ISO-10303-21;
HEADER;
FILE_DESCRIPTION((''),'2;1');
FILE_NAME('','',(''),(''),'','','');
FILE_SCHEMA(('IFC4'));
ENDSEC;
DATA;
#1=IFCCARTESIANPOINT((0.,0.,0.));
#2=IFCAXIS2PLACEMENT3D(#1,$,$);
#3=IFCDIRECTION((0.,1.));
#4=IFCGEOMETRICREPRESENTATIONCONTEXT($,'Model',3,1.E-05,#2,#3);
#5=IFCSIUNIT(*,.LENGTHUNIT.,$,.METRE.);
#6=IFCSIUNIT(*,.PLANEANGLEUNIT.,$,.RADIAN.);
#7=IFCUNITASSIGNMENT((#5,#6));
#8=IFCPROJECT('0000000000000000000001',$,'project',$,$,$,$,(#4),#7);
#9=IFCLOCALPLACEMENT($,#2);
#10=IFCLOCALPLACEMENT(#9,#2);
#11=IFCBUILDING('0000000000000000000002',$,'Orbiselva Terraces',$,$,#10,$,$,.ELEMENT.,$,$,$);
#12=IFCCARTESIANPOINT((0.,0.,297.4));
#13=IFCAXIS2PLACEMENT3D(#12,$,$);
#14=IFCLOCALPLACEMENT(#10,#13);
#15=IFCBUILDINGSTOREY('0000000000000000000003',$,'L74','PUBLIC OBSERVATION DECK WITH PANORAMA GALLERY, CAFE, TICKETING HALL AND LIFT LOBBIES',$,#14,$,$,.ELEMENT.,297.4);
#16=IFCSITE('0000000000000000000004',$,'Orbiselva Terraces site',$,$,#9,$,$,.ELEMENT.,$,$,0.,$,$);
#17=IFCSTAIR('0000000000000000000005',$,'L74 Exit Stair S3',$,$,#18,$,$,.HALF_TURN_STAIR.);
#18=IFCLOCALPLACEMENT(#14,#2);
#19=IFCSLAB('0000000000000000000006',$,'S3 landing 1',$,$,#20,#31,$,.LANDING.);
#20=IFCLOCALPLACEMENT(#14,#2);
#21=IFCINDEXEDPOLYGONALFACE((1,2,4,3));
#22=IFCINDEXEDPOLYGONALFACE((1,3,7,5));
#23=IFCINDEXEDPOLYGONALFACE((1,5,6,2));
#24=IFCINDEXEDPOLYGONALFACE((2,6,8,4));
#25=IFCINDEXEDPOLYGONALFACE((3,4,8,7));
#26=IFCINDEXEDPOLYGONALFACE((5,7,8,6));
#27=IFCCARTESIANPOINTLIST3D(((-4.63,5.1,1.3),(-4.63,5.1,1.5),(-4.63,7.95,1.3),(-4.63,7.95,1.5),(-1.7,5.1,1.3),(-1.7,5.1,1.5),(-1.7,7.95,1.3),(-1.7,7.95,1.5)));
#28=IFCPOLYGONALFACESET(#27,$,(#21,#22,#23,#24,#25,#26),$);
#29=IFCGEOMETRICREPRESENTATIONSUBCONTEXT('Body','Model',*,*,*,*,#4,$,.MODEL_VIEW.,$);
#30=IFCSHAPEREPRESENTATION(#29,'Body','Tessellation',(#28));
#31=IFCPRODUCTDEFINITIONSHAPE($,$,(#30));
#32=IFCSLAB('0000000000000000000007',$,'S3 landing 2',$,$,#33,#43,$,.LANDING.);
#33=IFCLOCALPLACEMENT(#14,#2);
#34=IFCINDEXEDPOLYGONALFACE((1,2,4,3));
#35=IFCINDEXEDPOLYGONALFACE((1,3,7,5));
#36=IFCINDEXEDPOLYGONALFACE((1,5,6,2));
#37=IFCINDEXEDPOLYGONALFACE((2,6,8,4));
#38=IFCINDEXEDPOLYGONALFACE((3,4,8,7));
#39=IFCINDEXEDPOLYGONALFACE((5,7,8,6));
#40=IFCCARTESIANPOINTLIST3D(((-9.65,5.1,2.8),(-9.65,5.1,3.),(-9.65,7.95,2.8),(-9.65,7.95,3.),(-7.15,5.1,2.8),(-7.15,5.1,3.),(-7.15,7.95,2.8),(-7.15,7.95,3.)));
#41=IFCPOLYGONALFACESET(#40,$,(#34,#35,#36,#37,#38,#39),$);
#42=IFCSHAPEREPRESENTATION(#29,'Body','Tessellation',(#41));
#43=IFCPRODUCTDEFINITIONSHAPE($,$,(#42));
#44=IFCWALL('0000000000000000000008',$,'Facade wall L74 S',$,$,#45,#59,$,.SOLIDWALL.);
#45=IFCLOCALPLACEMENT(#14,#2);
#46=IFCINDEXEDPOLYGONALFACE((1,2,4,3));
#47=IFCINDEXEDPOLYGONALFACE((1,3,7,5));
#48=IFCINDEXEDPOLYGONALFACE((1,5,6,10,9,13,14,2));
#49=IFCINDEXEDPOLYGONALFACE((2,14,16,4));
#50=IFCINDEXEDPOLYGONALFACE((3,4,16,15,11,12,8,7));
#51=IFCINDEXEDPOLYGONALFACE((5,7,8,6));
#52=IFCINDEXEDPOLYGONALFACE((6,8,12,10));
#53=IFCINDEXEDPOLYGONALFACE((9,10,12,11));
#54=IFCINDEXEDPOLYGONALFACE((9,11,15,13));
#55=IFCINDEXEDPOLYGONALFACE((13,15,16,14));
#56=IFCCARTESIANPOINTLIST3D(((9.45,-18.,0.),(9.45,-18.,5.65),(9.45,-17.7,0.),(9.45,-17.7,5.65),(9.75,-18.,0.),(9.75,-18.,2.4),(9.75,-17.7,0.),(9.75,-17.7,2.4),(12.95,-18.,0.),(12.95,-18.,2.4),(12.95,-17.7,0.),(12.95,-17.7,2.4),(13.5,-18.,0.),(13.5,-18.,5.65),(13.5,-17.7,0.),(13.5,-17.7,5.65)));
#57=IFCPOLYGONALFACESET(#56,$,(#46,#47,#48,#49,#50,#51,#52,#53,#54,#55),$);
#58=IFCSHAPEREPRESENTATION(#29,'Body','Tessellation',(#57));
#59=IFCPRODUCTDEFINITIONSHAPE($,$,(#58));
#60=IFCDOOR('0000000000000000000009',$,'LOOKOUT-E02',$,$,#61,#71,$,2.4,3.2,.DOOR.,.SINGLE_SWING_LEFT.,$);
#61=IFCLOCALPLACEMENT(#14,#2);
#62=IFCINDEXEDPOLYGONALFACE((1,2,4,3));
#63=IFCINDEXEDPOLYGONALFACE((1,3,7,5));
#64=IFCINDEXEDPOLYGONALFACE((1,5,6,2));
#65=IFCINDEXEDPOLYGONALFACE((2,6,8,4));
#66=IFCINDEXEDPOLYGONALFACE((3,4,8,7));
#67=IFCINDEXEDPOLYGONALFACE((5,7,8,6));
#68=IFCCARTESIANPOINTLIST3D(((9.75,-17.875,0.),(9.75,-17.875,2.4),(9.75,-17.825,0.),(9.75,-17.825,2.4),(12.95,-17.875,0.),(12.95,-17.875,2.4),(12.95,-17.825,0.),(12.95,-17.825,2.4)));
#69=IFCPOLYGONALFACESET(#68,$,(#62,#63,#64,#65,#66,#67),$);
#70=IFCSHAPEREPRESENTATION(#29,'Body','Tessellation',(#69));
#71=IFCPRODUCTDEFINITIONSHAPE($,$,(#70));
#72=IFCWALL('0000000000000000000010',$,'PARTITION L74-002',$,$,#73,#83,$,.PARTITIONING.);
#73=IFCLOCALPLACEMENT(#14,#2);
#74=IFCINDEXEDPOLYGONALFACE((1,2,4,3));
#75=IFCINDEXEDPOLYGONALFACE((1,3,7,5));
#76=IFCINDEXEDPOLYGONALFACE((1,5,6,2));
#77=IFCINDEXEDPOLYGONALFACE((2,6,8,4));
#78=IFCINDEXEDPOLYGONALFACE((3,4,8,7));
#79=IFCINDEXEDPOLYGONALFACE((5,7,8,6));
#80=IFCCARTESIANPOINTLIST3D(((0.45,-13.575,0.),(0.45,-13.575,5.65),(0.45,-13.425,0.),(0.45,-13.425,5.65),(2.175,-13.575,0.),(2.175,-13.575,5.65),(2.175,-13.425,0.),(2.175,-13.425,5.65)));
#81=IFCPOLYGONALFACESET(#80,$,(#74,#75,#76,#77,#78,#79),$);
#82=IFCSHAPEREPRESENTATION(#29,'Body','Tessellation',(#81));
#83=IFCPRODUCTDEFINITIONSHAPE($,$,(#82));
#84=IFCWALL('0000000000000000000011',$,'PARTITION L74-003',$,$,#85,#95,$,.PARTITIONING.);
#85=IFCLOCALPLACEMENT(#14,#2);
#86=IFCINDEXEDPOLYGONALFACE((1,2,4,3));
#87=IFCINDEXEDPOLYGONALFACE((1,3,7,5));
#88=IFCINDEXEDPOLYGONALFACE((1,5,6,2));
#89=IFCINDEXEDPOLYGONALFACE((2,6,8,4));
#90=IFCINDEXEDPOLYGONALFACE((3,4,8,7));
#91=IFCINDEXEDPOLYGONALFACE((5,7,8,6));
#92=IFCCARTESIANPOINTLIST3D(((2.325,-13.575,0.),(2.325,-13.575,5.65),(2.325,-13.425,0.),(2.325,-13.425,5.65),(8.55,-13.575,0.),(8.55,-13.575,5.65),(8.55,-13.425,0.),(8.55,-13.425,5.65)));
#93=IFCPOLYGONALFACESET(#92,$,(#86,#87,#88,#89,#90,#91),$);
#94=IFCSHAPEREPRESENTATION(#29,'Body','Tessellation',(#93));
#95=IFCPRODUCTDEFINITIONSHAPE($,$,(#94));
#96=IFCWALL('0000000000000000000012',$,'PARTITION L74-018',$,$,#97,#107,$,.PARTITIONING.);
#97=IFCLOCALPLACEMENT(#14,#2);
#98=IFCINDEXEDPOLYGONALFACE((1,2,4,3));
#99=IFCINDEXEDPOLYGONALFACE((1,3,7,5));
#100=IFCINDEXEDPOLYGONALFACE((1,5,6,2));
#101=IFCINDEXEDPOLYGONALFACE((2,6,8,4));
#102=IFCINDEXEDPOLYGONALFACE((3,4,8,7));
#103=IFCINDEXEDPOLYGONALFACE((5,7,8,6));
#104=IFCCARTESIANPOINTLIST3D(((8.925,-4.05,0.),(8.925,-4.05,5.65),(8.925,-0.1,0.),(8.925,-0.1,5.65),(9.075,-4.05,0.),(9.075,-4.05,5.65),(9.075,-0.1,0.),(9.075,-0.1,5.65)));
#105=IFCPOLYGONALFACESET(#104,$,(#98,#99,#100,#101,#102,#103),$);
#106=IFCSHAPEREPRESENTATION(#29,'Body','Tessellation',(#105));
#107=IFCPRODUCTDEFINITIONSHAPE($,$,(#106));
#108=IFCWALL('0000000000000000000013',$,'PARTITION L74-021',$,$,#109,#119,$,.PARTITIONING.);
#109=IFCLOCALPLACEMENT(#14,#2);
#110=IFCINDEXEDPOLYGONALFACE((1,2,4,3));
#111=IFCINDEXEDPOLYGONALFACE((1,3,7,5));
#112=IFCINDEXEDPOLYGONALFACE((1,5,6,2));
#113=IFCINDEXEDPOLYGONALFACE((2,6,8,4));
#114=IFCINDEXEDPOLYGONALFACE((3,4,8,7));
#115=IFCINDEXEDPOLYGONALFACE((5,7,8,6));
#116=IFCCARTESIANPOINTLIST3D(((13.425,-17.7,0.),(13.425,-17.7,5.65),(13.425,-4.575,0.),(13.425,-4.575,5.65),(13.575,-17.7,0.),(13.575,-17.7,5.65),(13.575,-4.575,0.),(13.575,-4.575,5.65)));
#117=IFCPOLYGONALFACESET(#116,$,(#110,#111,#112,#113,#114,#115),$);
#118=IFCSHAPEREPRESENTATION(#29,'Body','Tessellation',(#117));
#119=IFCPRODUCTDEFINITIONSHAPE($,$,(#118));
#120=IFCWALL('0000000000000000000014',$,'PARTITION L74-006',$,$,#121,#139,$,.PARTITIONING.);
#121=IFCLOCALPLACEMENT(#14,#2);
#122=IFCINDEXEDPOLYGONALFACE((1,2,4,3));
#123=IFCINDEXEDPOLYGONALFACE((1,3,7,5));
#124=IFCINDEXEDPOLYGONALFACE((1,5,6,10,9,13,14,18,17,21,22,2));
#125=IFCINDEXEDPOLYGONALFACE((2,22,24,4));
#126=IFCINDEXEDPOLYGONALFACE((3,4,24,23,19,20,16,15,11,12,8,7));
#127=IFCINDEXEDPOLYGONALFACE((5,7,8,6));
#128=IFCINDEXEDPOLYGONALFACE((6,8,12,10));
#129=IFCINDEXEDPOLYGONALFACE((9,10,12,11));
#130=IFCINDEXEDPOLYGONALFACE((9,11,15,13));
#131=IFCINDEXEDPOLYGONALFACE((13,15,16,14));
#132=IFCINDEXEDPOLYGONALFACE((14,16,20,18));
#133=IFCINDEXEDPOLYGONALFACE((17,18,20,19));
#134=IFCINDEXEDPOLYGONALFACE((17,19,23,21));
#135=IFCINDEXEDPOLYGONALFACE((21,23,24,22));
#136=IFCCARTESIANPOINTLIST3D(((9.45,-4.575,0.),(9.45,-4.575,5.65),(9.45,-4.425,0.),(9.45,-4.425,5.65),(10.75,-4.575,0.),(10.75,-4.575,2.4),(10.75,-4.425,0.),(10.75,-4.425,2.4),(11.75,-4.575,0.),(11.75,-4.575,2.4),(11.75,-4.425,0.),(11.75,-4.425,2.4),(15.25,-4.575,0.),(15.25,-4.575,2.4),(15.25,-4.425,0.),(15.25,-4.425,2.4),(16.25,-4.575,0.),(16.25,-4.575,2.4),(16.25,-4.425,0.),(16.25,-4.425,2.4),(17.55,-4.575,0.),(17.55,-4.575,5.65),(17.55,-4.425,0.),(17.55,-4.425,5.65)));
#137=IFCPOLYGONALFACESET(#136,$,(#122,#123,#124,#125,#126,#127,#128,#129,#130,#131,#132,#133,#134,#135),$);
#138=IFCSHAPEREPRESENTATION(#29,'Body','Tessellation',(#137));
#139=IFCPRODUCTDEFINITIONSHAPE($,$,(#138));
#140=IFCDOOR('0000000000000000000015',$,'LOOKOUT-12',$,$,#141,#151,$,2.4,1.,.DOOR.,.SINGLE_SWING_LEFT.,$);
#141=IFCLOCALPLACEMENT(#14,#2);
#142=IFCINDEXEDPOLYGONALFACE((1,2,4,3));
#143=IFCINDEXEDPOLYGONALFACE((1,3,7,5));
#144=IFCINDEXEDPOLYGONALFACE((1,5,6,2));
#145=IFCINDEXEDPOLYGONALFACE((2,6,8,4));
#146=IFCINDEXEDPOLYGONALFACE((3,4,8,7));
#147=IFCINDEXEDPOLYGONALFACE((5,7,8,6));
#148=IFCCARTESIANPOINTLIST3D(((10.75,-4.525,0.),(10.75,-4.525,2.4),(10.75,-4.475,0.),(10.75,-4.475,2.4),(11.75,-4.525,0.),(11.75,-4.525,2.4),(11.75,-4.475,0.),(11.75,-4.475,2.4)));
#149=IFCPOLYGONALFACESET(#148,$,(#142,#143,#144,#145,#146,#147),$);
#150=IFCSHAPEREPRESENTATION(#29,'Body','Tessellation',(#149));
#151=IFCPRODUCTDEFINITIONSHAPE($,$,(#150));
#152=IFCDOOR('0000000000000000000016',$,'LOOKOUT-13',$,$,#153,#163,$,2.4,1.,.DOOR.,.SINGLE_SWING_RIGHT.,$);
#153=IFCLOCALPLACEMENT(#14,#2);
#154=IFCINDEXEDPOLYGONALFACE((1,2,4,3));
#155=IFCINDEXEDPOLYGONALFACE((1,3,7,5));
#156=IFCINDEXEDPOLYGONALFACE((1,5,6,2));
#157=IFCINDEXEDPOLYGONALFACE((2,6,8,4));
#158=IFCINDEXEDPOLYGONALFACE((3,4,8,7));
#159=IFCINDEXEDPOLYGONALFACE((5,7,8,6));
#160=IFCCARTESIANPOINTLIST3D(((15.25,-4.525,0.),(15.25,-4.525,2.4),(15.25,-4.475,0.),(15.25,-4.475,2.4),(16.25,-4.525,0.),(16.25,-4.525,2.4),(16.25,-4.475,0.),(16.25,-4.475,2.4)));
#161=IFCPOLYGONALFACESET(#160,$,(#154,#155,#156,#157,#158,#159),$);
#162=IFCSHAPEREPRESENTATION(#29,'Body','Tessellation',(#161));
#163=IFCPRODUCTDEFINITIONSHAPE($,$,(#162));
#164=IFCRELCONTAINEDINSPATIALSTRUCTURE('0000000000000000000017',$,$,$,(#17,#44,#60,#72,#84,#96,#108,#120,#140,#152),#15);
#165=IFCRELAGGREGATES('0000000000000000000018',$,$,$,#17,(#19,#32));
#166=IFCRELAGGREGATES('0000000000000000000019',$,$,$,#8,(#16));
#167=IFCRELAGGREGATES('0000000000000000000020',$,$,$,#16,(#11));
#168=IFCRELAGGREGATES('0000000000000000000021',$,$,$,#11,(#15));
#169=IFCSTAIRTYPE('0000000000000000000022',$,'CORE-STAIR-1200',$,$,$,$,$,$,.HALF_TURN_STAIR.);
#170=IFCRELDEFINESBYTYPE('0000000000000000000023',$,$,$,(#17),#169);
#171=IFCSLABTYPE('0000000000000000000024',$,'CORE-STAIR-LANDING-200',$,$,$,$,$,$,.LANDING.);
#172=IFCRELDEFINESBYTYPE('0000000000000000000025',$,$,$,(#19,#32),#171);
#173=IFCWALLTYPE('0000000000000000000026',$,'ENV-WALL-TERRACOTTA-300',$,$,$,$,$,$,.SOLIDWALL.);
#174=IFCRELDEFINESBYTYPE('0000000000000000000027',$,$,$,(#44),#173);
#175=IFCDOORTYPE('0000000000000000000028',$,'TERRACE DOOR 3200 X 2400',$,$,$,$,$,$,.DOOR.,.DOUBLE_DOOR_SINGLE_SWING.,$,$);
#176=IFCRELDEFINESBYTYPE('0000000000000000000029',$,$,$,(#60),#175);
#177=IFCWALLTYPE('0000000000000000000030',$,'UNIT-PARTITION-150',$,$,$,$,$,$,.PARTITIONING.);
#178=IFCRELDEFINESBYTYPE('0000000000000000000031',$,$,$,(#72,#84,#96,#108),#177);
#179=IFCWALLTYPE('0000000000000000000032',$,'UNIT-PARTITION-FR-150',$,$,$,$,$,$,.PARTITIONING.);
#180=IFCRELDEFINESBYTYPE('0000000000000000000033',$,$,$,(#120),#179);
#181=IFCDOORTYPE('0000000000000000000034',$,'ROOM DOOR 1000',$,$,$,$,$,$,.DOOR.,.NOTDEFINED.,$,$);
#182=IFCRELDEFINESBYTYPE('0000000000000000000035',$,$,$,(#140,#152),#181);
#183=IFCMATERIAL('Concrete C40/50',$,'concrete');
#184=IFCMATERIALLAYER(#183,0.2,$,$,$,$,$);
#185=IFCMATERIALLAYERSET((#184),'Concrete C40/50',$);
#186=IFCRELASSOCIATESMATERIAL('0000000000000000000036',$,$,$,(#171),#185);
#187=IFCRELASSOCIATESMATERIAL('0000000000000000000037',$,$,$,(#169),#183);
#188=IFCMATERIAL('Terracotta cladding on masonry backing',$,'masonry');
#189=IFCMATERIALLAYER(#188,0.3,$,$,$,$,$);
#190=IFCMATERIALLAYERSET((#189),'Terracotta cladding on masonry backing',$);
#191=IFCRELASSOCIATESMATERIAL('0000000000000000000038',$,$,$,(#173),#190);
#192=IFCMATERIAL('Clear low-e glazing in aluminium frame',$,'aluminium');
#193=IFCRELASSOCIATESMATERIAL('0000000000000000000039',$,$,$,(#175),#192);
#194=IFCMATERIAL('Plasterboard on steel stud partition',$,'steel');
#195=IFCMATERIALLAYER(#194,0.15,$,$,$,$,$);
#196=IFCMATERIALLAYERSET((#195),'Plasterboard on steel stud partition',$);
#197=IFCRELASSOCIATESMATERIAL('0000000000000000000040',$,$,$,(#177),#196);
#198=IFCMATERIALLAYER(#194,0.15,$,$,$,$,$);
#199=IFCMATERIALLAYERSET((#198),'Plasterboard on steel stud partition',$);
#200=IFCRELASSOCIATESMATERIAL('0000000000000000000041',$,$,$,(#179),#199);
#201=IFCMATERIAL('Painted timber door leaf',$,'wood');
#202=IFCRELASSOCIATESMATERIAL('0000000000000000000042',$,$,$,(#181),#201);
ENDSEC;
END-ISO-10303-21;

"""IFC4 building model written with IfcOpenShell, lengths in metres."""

from ifc_helpers import new_model, si_unit, direction, frame, frame_2d, origin, place, context, subcontext, project, spatial, polyline, rectangle, outline, extrude, material, layer, layer_set, type_object, element, fill, aggregate, save


model = new_model("IFC4")

# Units and contexts
model_context = context("Model", 3, precision=1e-05, world=origin(), true_north=direction((0.0, 1.0)))
body_context = subcontext(model_context, "Body", "Model", "MODEL_VIEW")
ifc_project = project(units=[si_unit("LENGTHUNIT", "METRE"), si_unit("PLANEANGLEUNIT", "RADIAN")], contexts=[model_context])

# Site, building, storey
site_placement = place(None, origin())
site = spatial("IfcSite", under=ifc_project, at=site_placement, Name="Orbiselva Terraces site", CompositionType="ELEMENT", RefElevation=0.0)
building_placement = place(site_placement, origin())
building = spatial("IfcBuilding", under=site, at=building_placement, Name="Orbiselva Terraces", CompositionType="ELEMENT")
storey_placement = place(building_placement, frame((0.0, 0.0, 297.4)))
storey = spatial("IfcBuildingStorey", under=building, at=storey_placement, Name="L74", Description="PUBLIC OBSERVATION DECK WITH PANORAMA GALLERY, CAFE, TICKETING HALL AND LIFT LOBBIES", CompositionType="ELEMENT", Elevation=297.4)

# Shared definitions
ifc_material_1 = material(Name="Concrete C40/50", Category="concrete")

# Stair, slabs
ifc_layer_1 = layer(ifc_material_1, 0.2)
ifc_layer_set_1 = layer_set([ifc_layer_1], Name="Concrete C40/50")
slab_type_1 = type_object("IfcSlabType", Name="CORE-STAIR-LANDING-200", PredefinedType="LANDING", material=ifc_layer_set_1)
stair_type_1 = type_object("IfcStairType", Name="CORE-STAIR-1200", PredefinedType="HALF_TURN_STAIR", material=ifc_material_1)
stair_1_placement = place(storey_placement, origin())
stair_1 = element("IfcStair", 1, at=stair_1_placement, inside=storey, type_object=stair_type_1, Name="L74 Exit Stair S3", PredefinedType="HALF_TURN_STAIR")
slab_1_placement = place(storey_placement, frame((0.0, 0.0, 1.3)))
slab_1 = element("IfcSlab", 2, at=slab_1_placement, type_object=slab_type_1, Name="S3 landing 1", PredefinedType="LANDING", context=body_context, shape_type="SweptSolid", body=[
    extrude(outline(polyline([(-4.63, 5.1), (-1.7, 5.1), (-1.7, 7.95), (-4.63, 7.95), (-4.63, 5.1)])), origin(), (0.0, 0.0, 1.0), 0.2),
])
slab_2_placement = place(storey_placement, frame((0.0, 0.0, 2.8)))
slab_2 = element("IfcSlab", 3, at=slab_2_placement, type_object=slab_type_1, Name="S3 landing 2", PredefinedType="LANDING", context=body_context, shape_type="SweptSolid", body=[
    extrude(outline(polyline([(-9.65, 5.1), (-7.15, 5.1), (-7.15, 7.95), (-9.65, 7.95), (-9.65, 5.1)])), origin(), (0.0, 0.0, 1.0), 0.2),
])
aggregate(stair_1, [slab_1, slab_2])

# Wall, opening, door
ifc_material_2 = material(Name="Terracotta cladding on masonry backing", Category="masonry")
ifc_layer_2 = layer(ifc_material_2, 0.3)
ifc_layer_set_2 = layer_set([ifc_layer_2], Name="Terracotta cladding on masonry backing")
wall_type_1 = type_object("IfcWallType", Name="ENV-WALL-TERRACOTTA-300", PredefinedType="SOLIDWALL", material=ifc_layer_set_2)
wall_1_placement = place(storey_placement, frame((13.5, -17.85, 0.0), z_axis=(0.0, 0.0, 1.0), x_axis=(-1.0, 0.0, 0.0)))
wall_1 = element("IfcWall", 4, at=wall_1_placement, inside=storey, type_object=wall_type_1, Name="Facade wall L74 S", PredefinedType="SOLIDWALL", context=body_context, shape_type="SweptSolid", body=[
    extrude(rectangle(XDim=4.05, YDim=0.3, at=frame_2d((2.025, 0.0))), origin(), (0.0, 0.0, 1.0), 5.65),
])
opening_1_placement = place(wall_1_placement, frame((0.55, 0.0, 0.0)))
opening_1 = element("IfcOpeningElement", 5, at=opening_1_placement, cuts=wall_1, PredefinedType="OPENING", context=body_context, shape_type="SweptSolid", body=[
    extrude(rectangle(XDim=3.2, YDim=2.4, at=frame_2d((1.6, 1.2))), frame((0.0, 0.16, 0.0), z_axis=(0.0, -1.0, 0.0), x_axis=(1.0, 0.0, 0.0)), (0.0, 0.0, 1.0), 0.32),
])
ifc_material_3 = material(Name="Clear low-e glazing in aluminium frame", Category="aluminium")
door_type_1 = type_object("IfcDoorType", Name="TERRACE DOOR 3200 X 2400", OperationType="DOUBLE_DOOR_SINGLE_SWING", PredefinedType="DOOR", material=ifc_material_3)
door_1_placement = place(opening_1_placement, origin())
door_1 = element("IfcDoor", 6, at=door_1_placement, inside=storey, type_object=door_type_1, Name="LOOKOUT-E02", OperationType="SINGLE_SWING_LEFT", OverallHeight=2.4, OverallWidth=3.2, PredefinedType="DOOR", context=body_context, shape_type="SweptSolid", body=[
    extrude(rectangle(XDim=3.2, YDim=2.4, at=frame_2d((1.6, 1.2))), frame((0.0, 0.025, 0.0), z_axis=(0.0, -1.0, 0.0), x_axis=(1.0, 0.0, 0.0)), (0.0, 0.0, 1.0), 0.05),
])
fill(opening_1, door_1)

# Walls
ifc_material_4 = material(Name="Plasterboard on steel stud partition", Category="steel")
ifc_layer_3 = layer(ifc_material_4, 0.15)
ifc_layer_set_3 = layer_set([ifc_layer_3], Name="Plasterboard on steel stud partition")
wall_type_2 = type_object("IfcWallType", Name="UNIT-PARTITION-150", PredefinedType="PARTITIONING", material=ifc_layer_set_3)
wall_2_placement = place(storey_placement, frame((0.45, -13.5, 0.0), z_axis=(0.0, 0.0, 1.0), x_axis=(1.0, 0.0, 0.0)))
element("IfcWall", 7, at=wall_2_placement, inside=storey, type_object=wall_type_2, Name="PARTITION L74-002", PredefinedType="PARTITIONING", context=body_context, shape_type="SweptSolid", body=[
    extrude(rectangle(XDim=1.725, YDim=0.15, at=frame_2d((0.8625, 0.0))), origin(), (0.0, 0.0, 1.0), 5.65),
])
wall_3_placement = place(storey_placement, frame((2.325, -13.5, 0.0), z_axis=(0.0, 0.0, 1.0), x_axis=(1.0, 0.0, 0.0)))
element("IfcWall", 8, at=wall_3_placement, inside=storey, type_object=wall_type_2, Name="PARTITION L74-003", PredefinedType="PARTITIONING", context=body_context, shape_type="SweptSolid", body=[
    extrude(rectangle(XDim=6.225, YDim=0.15, at=frame_2d((3.1125, 0.0))), origin(), (0.0, 0.0, 1.0), 5.65),
])
wall_4_placement = place(storey_placement, frame((9.0, -4.05, 0.0), z_axis=(0.0, 0.0, 1.0), x_axis=(0.0, 1.0, 0.0)))
element("IfcWall", 9, at=wall_4_placement, inside=storey, type_object=wall_type_2, Name="PARTITION L74-018", PredefinedType="PARTITIONING", context=body_context, shape_type="SweptSolid", body=[
    extrude(rectangle(XDim=3.95, YDim=0.15, at=frame_2d((1.975, 0.0))), origin(), (0.0, 0.0, 1.0), 5.65),
])
wall_5_placement = place(storey_placement, frame((13.5, -17.7, 0.0), z_axis=(0.0, 0.0, 1.0), x_axis=(0.0, 1.0, 0.0)))
element("IfcWall", 10, at=wall_5_placement, inside=storey, type_object=wall_type_2, Name="PARTITION L74-021", PredefinedType="PARTITIONING", context=body_context, shape_type="SweptSolid", body=[
    extrude(rectangle(XDim=13.125, YDim=0.15, at=frame_2d((6.5625, 0.0))), origin(), (0.0, 0.0, 1.0), 5.65),
])

# Wall, openings, doors
ifc_layer_4 = layer(ifc_material_4, 0.15)
ifc_layer_set_4 = layer_set([ifc_layer_4], Name="Plasterboard on steel stud partition")
wall_type_3 = type_object("IfcWallType", Name="UNIT-PARTITION-FR-150", PredefinedType="PARTITIONING", material=ifc_layer_set_4)
wall_6_placement = place(storey_placement, frame((9.45, -4.5, 0.0), z_axis=(0.0, 0.0, 1.0), x_axis=(1.0, 0.0, 0.0)))
wall_6 = element("IfcWall", 11, at=wall_6_placement, inside=storey, type_object=wall_type_3, Name="PARTITION L74-006", PredefinedType="PARTITIONING", context=body_context, shape_type="SweptSolid", body=[
    extrude(rectangle(XDim=8.1, YDim=0.15, at=frame_2d((4.05, 0.0))), origin(), (0.0, 0.0, 1.0), 5.65),
])
opening_2_placement = place(wall_6_placement, frame((1.3, 0.0, 0.0)))
opening_2 = element("IfcOpeningElement", 12, at=opening_2_placement, cuts=wall_6, PredefinedType="OPENING", context=body_context, shape_type="SweptSolid", body=[
    extrude(rectangle(XDim=1.0, YDim=2.4, at=frame_2d((0.5, 1.2))), frame((0.0, 0.085, 0.0), z_axis=(0.0, -1.0, 0.0), x_axis=(1.0, 0.0, 0.0)), (0.0, 0.0, 1.0), 0.17),
])
opening_3_placement = place(wall_6_placement, frame((5.8, 0.0, 0.0)))
opening_3 = element("IfcOpeningElement", 13, at=opening_3_placement, cuts=wall_6, PredefinedType="OPENING", context=body_context, shape_type="SweptSolid", body=[
    extrude(rectangle(XDim=1.0, YDim=2.4, at=frame_2d((0.5, 1.2))), frame((0.0, 0.085, 0.0), z_axis=(0.0, -1.0, 0.0), x_axis=(1.0, 0.0, 0.0)), (0.0, 0.0, 1.0), 0.17),
])
ifc_material_5 = material(Name="Painted timber door leaf", Category="wood")
door_type_2 = type_object("IfcDoorType", Name="ROOM DOOR 1000", OperationType="NOTDEFINED", PredefinedType="DOOR", material=ifc_material_5)
door_2_placement = place(opening_2_placement, origin())
door_2 = element("IfcDoor", 14, at=door_2_placement, inside=storey, type_object=door_type_2, Name="LOOKOUT-12", OperationType="SINGLE_SWING_LEFT", OverallHeight=2.4, OverallWidth=1.0, PredefinedType="DOOR", context=body_context, shape_type="SweptSolid", body=[
    extrude(rectangle(XDim=1.0, YDim=2.4, at=frame_2d((0.5, 1.2))), frame((0.0, 0.025, 0.0), z_axis=(0.0, -1.0, 0.0), x_axis=(1.0, 0.0, 0.0)), (0.0, 0.0, 1.0), 0.05),
])
fill(opening_2, door_2)
door_3_placement = place(opening_3_placement, origin())
door_3 = element("IfcDoor", 15, at=door_3_placement, inside=storey, type_object=door_type_2, Name="LOOKOUT-13", OperationType="SINGLE_SWING_RIGHT", OverallHeight=2.4, OverallWidth=1.0, PredefinedType="DOOR", context=body_context, shape_type="SweptSolid", body=[
    extrude(rectangle(XDim=1.0, YDim=2.4, at=frame_2d((0.5, 1.2))), frame((0.0, 0.025, 0.0), z_axis=(0.0, -1.0, 0.0), x_axis=(1.0, 0.0, 0.0)), (0.0, 0.0, 1.0), 0.05),
])
fill(opening_3, door_3)

save(model, "model.ifc")
